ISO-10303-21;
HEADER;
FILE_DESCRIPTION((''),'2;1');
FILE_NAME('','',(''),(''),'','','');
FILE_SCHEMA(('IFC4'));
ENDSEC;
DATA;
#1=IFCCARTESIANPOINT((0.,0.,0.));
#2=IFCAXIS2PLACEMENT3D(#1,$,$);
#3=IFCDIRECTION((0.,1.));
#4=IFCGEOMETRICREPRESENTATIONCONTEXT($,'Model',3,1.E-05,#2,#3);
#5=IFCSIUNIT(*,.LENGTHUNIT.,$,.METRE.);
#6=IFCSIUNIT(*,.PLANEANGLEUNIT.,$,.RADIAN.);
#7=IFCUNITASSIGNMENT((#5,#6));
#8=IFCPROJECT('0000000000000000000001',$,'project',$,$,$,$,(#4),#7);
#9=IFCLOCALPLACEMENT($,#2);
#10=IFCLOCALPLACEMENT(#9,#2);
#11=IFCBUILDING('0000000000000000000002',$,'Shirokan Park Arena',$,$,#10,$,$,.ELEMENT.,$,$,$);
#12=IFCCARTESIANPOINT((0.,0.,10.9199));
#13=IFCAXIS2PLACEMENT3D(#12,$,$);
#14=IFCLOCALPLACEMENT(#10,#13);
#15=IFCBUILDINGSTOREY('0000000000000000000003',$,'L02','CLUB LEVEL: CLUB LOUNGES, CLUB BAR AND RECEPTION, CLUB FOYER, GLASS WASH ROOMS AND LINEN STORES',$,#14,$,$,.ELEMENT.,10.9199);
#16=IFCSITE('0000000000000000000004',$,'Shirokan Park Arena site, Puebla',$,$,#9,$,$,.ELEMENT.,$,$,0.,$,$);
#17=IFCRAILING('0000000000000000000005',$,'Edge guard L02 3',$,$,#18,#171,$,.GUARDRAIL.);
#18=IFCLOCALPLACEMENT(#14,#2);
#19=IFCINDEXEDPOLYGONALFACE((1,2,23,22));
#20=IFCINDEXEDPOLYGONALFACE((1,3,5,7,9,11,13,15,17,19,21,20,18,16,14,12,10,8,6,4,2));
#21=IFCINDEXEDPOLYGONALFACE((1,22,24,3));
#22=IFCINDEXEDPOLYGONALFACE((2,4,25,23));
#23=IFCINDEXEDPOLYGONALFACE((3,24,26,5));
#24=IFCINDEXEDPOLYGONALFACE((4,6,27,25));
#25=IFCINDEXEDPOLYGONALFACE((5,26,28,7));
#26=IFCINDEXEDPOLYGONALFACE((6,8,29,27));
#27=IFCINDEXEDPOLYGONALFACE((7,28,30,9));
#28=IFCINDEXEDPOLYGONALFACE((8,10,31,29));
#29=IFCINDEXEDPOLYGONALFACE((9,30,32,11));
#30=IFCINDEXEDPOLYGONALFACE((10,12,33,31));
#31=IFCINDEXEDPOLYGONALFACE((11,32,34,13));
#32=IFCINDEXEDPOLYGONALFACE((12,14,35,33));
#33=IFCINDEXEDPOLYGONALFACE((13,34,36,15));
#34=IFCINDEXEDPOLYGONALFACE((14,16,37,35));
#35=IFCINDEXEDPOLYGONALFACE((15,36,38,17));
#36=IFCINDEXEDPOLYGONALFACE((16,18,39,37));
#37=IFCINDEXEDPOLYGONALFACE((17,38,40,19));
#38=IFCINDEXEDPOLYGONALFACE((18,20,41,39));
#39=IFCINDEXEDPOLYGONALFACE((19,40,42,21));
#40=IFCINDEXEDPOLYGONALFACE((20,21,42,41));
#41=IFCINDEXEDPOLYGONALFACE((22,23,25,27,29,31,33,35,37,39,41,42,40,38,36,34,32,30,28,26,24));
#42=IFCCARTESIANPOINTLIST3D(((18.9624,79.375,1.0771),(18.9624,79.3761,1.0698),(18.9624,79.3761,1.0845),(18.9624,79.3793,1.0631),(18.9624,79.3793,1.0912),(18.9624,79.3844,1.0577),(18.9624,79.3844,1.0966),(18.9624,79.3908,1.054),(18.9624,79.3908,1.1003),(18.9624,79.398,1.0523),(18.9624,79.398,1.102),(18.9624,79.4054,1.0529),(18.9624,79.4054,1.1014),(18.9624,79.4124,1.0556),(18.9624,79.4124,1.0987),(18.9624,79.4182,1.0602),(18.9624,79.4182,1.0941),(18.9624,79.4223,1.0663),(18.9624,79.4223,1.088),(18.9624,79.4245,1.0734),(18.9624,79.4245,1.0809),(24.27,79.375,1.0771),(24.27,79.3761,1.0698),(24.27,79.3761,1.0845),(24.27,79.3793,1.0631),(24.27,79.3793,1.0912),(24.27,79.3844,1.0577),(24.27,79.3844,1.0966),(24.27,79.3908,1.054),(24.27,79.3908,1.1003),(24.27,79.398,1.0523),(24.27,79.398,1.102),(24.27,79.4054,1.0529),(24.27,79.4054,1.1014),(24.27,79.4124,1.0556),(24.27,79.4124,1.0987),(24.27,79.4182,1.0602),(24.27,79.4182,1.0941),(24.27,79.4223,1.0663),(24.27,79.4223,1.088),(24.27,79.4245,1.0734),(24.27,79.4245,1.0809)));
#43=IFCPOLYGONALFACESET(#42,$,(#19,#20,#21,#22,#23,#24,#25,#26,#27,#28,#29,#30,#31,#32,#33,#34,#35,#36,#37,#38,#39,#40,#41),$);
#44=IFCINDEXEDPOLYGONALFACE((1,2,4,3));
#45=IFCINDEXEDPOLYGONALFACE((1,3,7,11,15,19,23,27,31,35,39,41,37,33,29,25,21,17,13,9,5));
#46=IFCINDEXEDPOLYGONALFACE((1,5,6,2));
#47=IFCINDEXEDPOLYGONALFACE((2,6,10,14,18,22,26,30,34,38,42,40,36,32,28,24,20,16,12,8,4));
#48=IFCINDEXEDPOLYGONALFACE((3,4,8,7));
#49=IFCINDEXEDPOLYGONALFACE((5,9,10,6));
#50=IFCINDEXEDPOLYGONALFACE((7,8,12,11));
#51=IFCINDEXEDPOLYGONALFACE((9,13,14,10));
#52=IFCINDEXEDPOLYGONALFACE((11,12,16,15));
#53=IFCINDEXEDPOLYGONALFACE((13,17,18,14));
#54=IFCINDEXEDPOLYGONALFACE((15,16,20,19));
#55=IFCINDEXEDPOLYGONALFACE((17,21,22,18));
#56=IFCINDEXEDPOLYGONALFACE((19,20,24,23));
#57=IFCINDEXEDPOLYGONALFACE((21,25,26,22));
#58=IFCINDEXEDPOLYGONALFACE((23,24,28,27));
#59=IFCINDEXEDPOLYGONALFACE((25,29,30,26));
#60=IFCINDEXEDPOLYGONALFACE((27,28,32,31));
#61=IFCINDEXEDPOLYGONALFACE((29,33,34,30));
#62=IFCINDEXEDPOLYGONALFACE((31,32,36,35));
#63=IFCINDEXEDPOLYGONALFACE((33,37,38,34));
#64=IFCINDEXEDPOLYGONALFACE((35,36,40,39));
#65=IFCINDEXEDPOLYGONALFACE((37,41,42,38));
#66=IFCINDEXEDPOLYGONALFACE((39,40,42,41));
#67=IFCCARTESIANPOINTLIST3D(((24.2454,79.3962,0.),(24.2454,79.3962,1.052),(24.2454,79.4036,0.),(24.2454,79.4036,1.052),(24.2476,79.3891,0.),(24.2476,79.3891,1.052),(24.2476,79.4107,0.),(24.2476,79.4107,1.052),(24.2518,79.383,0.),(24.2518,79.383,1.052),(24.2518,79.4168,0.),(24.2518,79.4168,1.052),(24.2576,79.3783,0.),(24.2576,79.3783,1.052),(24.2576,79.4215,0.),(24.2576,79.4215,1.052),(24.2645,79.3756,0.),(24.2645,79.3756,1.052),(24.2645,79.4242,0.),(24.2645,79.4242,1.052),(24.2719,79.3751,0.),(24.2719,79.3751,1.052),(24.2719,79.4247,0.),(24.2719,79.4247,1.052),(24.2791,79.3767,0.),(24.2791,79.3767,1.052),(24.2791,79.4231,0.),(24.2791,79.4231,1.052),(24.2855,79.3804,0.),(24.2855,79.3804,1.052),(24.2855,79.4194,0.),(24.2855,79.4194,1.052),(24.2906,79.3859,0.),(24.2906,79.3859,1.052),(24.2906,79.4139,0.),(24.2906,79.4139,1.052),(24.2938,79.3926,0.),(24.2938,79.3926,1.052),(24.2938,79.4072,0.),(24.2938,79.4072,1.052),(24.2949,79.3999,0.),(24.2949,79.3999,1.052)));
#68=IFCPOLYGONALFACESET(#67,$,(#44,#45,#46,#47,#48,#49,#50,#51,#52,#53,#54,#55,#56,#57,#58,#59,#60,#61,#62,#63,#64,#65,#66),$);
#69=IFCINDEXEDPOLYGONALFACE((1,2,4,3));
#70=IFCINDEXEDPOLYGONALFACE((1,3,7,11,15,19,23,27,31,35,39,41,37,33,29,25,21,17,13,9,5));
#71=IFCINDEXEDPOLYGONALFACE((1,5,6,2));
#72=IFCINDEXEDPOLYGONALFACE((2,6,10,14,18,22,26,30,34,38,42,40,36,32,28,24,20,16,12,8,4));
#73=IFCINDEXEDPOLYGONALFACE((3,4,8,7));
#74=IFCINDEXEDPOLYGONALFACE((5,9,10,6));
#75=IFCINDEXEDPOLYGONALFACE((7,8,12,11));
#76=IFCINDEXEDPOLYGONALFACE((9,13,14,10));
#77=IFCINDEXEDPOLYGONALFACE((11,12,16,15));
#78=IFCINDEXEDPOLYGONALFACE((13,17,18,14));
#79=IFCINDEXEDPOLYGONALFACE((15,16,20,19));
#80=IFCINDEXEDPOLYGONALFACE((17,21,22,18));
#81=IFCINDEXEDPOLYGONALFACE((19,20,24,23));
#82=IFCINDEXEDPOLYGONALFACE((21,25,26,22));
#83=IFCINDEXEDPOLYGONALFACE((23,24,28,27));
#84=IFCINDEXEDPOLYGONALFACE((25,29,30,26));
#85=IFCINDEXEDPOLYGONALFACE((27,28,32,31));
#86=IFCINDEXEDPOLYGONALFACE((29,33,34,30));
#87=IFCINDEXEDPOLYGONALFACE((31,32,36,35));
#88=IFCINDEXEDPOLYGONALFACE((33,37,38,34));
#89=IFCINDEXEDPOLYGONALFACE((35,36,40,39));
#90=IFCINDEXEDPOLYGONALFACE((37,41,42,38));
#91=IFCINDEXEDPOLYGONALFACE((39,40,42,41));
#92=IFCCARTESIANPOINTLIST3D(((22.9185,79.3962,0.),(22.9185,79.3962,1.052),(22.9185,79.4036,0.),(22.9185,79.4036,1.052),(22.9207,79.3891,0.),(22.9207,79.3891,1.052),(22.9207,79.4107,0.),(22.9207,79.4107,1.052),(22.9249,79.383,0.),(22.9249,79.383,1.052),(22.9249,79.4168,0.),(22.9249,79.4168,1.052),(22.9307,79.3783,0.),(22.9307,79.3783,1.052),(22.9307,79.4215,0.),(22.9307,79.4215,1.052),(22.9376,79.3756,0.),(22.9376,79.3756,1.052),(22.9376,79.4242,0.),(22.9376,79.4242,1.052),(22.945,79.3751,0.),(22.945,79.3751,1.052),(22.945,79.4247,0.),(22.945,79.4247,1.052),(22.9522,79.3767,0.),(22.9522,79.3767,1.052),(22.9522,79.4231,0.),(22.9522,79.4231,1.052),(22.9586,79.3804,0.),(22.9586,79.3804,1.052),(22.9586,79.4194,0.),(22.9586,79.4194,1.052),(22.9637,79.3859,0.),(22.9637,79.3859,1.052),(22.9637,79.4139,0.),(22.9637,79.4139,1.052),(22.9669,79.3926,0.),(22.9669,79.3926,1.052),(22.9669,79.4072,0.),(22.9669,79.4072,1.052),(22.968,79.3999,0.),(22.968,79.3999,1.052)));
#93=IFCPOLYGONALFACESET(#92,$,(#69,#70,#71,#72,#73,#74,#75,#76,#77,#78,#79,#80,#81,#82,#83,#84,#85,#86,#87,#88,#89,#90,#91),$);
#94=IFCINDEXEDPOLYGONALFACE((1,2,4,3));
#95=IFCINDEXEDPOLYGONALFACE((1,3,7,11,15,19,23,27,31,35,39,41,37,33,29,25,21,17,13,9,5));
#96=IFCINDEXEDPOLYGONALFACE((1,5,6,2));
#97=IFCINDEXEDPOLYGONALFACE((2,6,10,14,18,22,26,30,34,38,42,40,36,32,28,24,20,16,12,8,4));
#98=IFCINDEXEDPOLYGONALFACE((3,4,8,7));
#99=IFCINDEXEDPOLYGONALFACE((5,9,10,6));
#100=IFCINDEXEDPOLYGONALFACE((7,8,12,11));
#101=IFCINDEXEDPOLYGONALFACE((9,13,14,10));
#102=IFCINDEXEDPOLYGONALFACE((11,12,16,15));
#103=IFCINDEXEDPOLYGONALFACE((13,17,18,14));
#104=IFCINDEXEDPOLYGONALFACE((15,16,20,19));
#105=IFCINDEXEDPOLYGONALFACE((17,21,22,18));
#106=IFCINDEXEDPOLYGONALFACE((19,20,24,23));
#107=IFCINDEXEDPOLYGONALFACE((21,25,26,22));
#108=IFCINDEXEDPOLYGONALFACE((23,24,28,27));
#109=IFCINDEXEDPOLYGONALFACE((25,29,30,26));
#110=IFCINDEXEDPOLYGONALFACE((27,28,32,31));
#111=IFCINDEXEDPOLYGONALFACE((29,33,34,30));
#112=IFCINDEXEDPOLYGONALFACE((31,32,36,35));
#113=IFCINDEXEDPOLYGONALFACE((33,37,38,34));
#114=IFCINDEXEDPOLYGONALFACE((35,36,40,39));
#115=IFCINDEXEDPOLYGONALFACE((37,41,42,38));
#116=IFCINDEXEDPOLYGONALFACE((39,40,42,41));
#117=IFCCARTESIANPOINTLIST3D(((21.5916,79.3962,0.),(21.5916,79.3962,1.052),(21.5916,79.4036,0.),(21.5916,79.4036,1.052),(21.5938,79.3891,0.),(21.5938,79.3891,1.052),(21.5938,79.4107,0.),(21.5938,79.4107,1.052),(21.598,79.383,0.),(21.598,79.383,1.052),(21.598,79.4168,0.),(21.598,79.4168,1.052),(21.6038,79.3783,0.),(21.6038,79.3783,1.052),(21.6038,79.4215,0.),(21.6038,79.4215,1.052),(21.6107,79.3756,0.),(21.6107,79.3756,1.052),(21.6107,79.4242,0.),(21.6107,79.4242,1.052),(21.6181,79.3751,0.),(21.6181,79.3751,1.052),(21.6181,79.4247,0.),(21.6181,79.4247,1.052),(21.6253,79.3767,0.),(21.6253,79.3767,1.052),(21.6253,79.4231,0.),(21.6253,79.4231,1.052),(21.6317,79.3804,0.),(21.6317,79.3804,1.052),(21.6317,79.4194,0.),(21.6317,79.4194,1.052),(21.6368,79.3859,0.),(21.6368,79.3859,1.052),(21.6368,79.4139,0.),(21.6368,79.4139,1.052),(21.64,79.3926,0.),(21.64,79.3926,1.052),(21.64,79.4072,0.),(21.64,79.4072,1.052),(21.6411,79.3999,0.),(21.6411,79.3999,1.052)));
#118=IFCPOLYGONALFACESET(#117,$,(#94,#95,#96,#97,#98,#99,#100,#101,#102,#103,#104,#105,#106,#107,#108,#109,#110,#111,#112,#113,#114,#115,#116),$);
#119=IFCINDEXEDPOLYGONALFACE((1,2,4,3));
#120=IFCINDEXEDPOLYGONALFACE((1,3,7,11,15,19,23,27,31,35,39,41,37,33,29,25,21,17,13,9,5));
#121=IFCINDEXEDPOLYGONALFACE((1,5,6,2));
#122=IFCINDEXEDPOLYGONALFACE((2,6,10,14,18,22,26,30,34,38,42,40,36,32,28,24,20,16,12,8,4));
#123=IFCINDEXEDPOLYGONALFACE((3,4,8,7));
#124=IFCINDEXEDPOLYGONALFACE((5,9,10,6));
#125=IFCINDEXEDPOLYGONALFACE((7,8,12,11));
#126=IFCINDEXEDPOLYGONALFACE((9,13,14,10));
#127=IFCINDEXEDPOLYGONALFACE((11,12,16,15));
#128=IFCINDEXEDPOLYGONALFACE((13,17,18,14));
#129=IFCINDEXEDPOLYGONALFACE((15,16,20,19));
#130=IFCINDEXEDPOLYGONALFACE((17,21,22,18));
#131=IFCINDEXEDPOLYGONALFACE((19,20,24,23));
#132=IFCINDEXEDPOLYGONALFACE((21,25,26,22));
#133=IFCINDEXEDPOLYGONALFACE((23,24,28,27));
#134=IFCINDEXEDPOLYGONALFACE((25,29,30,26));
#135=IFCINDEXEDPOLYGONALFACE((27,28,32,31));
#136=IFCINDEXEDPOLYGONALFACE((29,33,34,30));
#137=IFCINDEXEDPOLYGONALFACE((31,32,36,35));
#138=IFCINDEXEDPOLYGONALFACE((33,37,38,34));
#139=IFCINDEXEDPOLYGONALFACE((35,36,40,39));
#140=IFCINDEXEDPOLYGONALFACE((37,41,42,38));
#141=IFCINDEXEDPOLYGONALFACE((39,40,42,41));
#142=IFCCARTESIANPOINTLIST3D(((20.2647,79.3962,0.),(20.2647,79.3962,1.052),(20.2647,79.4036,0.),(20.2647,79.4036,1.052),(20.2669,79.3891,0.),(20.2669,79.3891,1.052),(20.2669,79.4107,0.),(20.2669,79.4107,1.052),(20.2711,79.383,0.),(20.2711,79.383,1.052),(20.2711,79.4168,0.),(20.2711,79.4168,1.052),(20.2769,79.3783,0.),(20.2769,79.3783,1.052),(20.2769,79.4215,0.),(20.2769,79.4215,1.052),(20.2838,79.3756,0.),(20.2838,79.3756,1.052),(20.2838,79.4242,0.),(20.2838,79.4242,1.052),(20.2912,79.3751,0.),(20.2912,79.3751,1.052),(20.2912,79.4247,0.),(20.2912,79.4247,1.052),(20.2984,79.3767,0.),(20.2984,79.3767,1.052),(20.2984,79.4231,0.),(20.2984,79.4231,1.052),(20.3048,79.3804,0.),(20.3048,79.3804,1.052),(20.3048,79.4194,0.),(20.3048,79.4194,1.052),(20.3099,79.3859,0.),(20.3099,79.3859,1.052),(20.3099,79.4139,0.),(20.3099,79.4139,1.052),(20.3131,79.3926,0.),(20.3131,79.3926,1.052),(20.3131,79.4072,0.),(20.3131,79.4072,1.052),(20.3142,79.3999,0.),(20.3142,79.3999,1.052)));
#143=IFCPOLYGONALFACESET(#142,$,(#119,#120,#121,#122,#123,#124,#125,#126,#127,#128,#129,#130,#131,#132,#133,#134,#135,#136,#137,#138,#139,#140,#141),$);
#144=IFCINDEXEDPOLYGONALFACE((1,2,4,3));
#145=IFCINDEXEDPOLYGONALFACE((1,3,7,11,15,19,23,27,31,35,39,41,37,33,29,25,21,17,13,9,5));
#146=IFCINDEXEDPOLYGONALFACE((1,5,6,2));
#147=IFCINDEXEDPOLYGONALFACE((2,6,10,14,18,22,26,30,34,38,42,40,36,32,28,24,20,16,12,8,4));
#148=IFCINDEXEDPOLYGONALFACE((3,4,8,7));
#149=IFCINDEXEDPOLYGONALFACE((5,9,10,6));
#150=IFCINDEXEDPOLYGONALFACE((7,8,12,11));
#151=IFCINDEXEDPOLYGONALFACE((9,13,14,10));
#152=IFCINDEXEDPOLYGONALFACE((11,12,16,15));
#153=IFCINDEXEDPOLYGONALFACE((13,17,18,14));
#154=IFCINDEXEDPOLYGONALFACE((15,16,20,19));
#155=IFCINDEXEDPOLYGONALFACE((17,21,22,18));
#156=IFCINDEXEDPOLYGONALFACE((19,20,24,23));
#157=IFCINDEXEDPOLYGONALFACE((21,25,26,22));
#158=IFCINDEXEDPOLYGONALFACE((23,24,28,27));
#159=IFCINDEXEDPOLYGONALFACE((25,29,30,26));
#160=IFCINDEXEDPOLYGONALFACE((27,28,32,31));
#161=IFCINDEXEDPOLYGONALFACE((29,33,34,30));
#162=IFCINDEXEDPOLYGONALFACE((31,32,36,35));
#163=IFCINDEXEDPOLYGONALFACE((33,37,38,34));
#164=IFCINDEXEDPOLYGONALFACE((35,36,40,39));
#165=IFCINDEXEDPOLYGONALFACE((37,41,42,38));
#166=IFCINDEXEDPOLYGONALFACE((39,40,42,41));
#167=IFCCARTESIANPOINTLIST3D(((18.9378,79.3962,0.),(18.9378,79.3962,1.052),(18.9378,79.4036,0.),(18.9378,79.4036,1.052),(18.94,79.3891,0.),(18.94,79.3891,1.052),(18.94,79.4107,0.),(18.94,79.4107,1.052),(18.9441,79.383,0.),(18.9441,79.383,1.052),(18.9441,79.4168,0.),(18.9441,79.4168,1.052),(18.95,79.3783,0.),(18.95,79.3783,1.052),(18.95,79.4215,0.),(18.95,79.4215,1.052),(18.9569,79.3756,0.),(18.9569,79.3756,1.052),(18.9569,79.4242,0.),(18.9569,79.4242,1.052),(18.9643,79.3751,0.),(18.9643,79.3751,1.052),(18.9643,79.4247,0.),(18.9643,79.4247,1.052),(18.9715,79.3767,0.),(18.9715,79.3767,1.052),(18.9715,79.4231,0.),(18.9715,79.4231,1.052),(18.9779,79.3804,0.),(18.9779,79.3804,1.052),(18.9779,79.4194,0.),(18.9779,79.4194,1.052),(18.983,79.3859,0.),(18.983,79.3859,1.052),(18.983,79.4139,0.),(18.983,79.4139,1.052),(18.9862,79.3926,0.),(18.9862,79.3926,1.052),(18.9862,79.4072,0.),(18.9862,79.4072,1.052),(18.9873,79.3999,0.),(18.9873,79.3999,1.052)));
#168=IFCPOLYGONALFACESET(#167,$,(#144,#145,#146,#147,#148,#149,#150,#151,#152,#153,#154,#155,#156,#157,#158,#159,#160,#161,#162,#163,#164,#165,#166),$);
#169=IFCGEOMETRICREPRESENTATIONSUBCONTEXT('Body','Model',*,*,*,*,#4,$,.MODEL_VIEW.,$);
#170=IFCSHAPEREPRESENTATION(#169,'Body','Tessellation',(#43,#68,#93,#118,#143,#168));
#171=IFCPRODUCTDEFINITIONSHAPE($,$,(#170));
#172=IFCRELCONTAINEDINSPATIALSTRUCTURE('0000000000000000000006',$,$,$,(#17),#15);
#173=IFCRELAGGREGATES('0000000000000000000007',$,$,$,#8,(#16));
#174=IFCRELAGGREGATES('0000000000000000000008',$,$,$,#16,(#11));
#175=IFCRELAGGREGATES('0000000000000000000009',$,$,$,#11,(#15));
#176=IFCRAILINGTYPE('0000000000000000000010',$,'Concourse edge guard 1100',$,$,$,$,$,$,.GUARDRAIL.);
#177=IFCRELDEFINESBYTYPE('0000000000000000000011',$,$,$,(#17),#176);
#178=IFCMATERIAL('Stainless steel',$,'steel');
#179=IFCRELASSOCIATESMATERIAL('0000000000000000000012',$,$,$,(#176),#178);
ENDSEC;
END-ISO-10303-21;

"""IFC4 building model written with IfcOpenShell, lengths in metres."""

from ifc_helpers import new_model, si_unit, direction, frame, origin, origin_2d, place, context, subcontext, project, spatial, circle, extrude, material, type_object, element, save


model = new_model("IFC4")

# Units and contexts
model_context = context("Model", 3, precision=1e-05, world=origin(), true_north=direction((0.0, 1.0)))
body_context = subcontext(model_context, "Body", "Model", "MODEL_VIEW")
ifc_project = project(units=[si_unit("LENGTHUNIT", "METRE"), si_unit("PLANEANGLEUNIT", "RADIAN")], contexts=[model_context])

# Site, building, storey
site_placement = place(None, origin())
site = spatial("IfcSite", under=ifc_project, at=site_placement, Name="Shirokan Park Arena site, Puebla", CompositionType="ELEMENT", RefElevation=0.0)
building_placement = place(site_placement, origin())
building = spatial("IfcBuilding", under=site, at=building_placement, Name="Shirokan Park Arena", CompositionType="ELEMENT")
storey_placement = place(building_placement, frame((0.0, 0.0, 10.9199)))
storey = spatial("IfcBuildingStorey", under=building, at=storey_placement, Name="L02", Description="CLUB LEVEL: CLUB LOUNGES, CLUB BAR AND RECEPTION, CLUB FOYER, GLASS WASH ROOMS AND LINEN STORES", CompositionType="ELEMENT", Elevation=10.9199)

# Railing
ifc_material_1 = material(Name="Stainless steel", Category="steel")
railing_type = type_object("IfcRailingType", Name="Concourse edge guard 1100", PredefinedType="GUARDRAIL", material=ifc_material_1)
railing_1_placement = place(storey_placement, frame((24.27, 79.3999, 0.0)))
element("IfcRailing", 1, at=railing_1_placement, inside=storey, type_object=railing_type, Name="Edge guard L02 3", PredefinedType="GUARDRAIL", context=body_context, shape_type="SweptSolid", body=[
    extrude(circle(Radius=0.0249, at=origin_2d()), frame((0.0, 0.0, 1.0771), z_axis=(-1.0, 0.0, 0.0), x_axis=(0.0, -1.0, 0.0)), (0.0, 0.0, 1.0), 5.3076),
    extrude(circle(Radius=0.0249, at=origin_2d()), origin(), (0.0, 0.0, 1.0), 1.052),
    extrude(circle(Radius=0.0249, at=origin_2d()), frame((-1.3269, 0.0, 0.0)), (0.0, 0.0, 1.0), 1.052),
    extrude(circle(Radius=0.0249, at=origin_2d()), frame((-2.6538, 0.0, 0.0)), (0.0, 0.0, 1.0), 1.052),
    extrude(circle(Radius=0.0249, at=origin_2d()), frame((-3.9807, 0.0, 0.0)), (0.0, 0.0, 1.0), 1.052),
    extrude(circle(Radius=0.0249, at=origin_2d()), frame((-5.3076, 0.0, 0.0)), (0.0, 0.0, 1.0), 1.052),
])

save(model, "model.ifc")
